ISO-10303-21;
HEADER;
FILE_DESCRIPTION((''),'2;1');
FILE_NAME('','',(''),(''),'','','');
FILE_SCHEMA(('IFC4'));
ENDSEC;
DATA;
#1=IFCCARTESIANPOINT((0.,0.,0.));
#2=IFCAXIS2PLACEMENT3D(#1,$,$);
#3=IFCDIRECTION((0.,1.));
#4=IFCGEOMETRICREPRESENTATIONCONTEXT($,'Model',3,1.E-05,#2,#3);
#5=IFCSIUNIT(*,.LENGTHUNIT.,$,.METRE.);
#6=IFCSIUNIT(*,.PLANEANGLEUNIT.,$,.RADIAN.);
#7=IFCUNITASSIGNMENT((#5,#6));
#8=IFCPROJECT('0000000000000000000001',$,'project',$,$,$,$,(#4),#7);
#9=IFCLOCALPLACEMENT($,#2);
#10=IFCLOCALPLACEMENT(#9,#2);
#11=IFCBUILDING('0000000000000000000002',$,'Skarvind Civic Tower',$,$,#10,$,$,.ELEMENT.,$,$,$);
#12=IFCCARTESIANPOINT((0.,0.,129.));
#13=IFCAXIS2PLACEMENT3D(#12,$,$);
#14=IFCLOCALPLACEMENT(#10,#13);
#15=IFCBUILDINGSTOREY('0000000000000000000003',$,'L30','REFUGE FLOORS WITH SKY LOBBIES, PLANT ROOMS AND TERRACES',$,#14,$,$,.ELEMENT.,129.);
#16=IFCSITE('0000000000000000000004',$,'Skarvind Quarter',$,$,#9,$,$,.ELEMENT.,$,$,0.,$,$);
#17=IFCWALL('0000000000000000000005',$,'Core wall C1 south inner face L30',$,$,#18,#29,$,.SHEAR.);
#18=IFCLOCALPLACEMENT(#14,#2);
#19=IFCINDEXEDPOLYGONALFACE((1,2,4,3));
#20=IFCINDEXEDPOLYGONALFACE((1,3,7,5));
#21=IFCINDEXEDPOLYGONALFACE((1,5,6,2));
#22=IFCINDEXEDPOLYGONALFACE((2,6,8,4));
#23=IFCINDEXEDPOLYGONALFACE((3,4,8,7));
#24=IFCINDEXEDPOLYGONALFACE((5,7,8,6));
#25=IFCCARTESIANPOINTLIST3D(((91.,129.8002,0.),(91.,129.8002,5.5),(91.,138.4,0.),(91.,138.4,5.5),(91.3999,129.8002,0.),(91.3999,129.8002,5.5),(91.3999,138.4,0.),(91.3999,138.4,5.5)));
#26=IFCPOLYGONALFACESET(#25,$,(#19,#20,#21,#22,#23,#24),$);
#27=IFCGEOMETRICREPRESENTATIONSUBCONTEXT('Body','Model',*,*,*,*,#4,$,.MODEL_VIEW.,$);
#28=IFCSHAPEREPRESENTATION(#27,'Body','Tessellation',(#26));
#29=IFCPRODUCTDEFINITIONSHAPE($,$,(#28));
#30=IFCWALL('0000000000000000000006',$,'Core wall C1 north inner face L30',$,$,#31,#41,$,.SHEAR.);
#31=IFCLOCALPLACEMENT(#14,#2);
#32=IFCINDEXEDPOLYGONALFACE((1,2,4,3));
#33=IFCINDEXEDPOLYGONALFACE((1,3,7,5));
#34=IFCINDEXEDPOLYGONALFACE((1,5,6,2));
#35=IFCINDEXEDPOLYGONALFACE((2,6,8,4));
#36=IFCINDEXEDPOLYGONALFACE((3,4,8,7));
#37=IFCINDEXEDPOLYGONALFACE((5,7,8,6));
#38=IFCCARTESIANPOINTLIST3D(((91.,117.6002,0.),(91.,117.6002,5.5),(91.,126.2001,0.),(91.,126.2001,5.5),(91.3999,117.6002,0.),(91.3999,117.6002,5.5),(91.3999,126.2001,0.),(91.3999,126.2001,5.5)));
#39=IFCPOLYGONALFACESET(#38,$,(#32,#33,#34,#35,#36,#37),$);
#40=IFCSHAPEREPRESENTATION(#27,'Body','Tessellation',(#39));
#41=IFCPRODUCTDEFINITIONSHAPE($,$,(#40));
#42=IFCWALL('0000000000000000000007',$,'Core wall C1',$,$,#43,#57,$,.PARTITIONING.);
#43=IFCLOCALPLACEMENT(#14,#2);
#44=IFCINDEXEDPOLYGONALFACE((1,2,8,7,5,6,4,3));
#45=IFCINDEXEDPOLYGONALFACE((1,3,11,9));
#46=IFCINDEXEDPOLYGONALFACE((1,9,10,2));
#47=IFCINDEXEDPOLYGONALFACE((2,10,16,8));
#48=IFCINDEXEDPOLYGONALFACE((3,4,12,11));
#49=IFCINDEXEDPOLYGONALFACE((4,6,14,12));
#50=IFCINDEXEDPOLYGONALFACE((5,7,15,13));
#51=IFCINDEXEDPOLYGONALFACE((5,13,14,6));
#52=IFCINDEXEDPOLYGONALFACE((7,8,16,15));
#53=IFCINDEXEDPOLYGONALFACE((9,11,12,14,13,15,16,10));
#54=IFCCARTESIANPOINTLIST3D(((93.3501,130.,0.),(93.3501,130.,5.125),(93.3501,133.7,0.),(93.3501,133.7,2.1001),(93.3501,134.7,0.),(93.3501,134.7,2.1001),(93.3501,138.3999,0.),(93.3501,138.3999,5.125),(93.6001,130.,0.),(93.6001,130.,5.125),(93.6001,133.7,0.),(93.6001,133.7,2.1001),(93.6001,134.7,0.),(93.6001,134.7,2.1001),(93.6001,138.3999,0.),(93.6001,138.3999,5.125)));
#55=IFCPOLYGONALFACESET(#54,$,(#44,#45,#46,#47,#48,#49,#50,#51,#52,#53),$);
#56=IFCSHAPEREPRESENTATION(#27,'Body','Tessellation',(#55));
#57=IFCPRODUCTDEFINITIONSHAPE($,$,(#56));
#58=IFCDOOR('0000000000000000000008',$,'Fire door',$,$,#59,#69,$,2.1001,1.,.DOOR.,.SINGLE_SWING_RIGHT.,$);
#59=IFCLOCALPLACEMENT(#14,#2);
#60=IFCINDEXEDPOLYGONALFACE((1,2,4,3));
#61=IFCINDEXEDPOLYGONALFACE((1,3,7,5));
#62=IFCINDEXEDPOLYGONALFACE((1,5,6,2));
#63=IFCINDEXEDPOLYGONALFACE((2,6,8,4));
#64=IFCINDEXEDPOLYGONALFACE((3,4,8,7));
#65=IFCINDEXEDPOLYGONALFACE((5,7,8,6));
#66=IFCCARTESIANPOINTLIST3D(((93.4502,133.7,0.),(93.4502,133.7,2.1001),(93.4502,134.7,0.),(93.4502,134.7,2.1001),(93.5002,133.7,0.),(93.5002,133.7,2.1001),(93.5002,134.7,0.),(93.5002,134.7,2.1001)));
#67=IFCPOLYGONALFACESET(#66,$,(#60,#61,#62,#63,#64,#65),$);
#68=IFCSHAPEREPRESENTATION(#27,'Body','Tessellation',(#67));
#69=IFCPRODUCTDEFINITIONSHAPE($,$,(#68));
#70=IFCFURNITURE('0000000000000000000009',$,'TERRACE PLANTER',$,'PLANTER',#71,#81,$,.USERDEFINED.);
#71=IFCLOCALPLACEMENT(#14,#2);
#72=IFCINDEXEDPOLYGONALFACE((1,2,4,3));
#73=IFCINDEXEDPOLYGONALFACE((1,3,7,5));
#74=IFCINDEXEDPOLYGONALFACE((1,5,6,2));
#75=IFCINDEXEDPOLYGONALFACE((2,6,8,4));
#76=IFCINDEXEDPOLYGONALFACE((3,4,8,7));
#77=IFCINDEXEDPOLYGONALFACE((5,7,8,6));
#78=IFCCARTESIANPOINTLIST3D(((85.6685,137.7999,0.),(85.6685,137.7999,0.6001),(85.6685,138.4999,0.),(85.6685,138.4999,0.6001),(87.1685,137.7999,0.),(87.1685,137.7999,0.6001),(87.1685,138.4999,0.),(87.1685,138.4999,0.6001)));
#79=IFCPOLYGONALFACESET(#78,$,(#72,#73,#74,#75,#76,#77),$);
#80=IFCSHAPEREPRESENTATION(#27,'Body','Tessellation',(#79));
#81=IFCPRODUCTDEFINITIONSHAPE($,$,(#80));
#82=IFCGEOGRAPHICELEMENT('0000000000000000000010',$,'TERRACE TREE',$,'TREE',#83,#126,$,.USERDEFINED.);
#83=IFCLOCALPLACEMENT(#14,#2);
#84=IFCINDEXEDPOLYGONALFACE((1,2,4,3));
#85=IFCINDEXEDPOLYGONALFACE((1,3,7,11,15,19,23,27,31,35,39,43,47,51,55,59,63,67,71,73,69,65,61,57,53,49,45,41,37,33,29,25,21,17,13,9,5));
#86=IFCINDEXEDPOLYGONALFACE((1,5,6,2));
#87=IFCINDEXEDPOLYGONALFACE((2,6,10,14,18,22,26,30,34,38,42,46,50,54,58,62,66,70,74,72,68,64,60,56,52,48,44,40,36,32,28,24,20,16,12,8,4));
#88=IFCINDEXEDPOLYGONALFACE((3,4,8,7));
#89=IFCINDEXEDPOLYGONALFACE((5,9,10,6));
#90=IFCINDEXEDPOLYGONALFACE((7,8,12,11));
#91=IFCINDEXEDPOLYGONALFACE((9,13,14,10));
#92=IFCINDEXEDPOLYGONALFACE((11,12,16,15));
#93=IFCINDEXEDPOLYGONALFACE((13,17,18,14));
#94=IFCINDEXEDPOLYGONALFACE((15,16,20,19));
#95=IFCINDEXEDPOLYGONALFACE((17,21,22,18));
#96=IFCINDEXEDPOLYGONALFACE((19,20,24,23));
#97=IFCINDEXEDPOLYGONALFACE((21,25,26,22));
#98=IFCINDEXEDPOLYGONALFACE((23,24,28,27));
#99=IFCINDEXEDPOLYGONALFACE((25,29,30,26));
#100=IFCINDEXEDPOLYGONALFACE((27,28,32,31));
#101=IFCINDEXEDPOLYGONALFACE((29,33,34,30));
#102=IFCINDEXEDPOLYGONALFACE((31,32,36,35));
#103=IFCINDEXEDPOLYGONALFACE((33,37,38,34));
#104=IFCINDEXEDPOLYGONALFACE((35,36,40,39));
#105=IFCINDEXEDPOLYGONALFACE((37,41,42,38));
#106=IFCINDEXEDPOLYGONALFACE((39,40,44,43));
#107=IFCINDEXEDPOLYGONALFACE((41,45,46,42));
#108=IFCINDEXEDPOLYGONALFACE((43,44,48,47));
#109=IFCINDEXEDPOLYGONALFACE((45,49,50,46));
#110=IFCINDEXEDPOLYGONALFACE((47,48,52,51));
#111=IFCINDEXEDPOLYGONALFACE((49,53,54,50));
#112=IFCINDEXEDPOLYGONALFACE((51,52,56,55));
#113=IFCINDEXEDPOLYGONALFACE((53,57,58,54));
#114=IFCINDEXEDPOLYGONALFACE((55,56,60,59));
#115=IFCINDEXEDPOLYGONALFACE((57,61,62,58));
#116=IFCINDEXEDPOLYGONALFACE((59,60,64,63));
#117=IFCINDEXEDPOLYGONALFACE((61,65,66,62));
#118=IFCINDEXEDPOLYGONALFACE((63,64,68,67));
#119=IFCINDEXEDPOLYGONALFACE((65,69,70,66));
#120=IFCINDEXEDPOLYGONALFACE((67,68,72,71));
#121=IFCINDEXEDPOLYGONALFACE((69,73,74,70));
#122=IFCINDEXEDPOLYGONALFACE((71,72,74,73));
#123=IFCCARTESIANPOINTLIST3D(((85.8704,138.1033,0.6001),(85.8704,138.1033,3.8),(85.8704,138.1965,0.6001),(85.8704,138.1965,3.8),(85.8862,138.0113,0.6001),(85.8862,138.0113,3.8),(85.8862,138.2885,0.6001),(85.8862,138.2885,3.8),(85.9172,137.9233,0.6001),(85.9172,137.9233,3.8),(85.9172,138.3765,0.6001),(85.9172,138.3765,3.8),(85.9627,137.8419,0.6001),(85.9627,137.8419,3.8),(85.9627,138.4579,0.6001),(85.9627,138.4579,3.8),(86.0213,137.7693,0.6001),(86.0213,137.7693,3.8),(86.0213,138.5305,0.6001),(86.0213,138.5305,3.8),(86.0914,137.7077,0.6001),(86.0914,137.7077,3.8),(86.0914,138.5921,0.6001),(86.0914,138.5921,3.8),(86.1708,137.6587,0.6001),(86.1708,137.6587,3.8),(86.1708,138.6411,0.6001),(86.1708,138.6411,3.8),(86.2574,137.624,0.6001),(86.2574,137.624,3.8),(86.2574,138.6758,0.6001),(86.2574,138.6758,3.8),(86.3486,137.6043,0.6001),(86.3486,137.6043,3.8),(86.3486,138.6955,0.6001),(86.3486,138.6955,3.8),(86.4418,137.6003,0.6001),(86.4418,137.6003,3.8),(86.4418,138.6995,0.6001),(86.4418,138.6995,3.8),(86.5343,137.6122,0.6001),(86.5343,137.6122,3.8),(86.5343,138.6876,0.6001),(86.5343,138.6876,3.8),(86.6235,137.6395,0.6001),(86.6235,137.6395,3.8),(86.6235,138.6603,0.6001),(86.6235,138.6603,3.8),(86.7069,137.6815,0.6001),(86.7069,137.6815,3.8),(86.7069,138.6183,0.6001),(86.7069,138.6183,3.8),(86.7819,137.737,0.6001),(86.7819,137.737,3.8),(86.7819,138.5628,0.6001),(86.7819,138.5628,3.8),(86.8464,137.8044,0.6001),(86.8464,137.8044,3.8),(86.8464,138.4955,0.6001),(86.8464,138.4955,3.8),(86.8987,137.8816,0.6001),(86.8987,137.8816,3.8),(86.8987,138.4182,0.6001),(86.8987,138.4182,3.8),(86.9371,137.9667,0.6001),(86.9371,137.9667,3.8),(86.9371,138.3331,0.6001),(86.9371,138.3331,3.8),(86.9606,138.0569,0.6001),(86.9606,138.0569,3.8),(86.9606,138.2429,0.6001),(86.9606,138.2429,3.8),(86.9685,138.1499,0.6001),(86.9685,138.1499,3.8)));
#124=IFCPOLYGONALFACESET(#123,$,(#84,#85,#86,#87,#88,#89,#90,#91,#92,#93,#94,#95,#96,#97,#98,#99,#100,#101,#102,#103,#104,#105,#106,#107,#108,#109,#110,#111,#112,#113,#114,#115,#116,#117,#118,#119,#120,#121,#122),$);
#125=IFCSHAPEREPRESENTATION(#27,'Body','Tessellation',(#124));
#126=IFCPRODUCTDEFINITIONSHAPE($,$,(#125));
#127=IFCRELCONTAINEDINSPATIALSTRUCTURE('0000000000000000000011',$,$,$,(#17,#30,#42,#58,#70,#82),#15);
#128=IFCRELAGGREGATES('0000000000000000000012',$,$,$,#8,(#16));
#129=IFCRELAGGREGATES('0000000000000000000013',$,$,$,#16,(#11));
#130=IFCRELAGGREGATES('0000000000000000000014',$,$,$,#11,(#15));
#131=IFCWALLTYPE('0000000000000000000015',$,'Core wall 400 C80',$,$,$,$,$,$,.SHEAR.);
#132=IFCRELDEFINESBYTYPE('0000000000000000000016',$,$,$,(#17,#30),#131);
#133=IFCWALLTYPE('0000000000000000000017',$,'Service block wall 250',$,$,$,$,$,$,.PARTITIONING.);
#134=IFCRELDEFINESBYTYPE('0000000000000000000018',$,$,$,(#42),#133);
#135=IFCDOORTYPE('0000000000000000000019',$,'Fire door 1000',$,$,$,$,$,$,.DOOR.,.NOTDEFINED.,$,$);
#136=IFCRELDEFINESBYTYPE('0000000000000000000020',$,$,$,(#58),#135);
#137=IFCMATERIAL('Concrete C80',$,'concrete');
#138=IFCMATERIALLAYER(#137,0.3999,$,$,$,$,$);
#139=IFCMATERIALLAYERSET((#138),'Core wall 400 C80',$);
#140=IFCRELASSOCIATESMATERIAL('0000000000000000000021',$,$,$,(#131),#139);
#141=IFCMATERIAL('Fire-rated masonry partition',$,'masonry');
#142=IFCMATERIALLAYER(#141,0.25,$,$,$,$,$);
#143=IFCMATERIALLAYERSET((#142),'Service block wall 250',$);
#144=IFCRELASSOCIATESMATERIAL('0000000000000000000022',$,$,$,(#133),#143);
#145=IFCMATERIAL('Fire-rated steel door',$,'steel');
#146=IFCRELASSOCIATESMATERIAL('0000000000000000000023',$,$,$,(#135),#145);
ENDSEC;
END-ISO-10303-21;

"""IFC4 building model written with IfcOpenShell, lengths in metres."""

from ifc_helpers import new_model, si_unit, direction, frame, frame_2d, origin, origin_2d, place, context, subcontext, project, spatial, rectangle, circle, extrude, material, layer, layer_set, type_object, element, fill, save


model = new_model("IFC4")

# Units and contexts
model_context = context("Model", 3, precision=1e-05, world=origin(), true_north=direction((0.0, 1.0)))
body_context = subcontext(model_context, "Body", "Model", "MODEL_VIEW")
ifc_project = project(units=[si_unit("LENGTHUNIT", "METRE"), si_unit("PLANEANGLEUNIT", "RADIAN")], contexts=[model_context])

# Site, building, storey
site_placement = place(None, origin())
site = spatial("IfcSite", under=ifc_project, at=site_placement, Name="Skarvind Quarter", CompositionType="ELEMENT", RefElevation=0.0)
building_placement = place(site_placement, origin())
building = spatial("IfcBuilding", under=site, at=building_placement, Name="Skarvind Civic Tower", CompositionType="ELEMENT")
storey_placement = place(building_placement, frame((0.0, 0.0, 129.0)))
storey = spatial("IfcBuildingStorey", under=building, at=storey_placement, Name="L30", Description="REFUGE FLOORS WITH SKY LOBBIES, PLANT ROOMS AND TERRACES", CompositionType="ELEMENT", Elevation=129.0)

# Shared definitions
ifc_material_1 = material(Name="Concrete C80", Category="concrete")

# Shared definitions
ifc_material_2 = material(Name="Fire-rated masonry partition", Category="masonry")
ifc_material_3 = material(Name="Fire-rated steel door", Category="steel")

# Walls
ifc_layer_1 = layer(ifc_material_1, 0.3999)
ifc_layer_set_1 = layer_set([ifc_layer_1], Name="Core wall 400 C80")
wall_type_1 = type_object("IfcWallType", Name="Core wall 400 C80", PredefinedType="SHEAR", material=ifc_layer_set_1)
for number, where, z_axis, x_axis, name in (
    (1, (91.2, 138.3999, 0.0), (0.0, 0.0, 1.0), (0.0, -1.0, 0.0), "Core wall C1 south inner face L30"),
    (2, (91.2, 126.2, 0.0), (0.0, 0.0, 1.0), (0.0, -1.0, 0.0), "Core wall C1 north inner face L30"),
):
    element("IfcWall", number, at=place(storey_placement, frame(where, z_axis=z_axis, x_axis=x_axis)), inside=storey, type_object=wall_type_1, Name=name, PredefinedType="SHEAR", context=body_context, shape_type="SweptSolid", body=[
        extrude(rectangle(XDim=8.5999, YDim=0.3999, at=frame_2d((4.2998, 0.0))), origin(), (0.0, 0.0, 1.0), 5.5),
    ])

# Wall, opening, door
ifc_layer_2 = layer(ifc_material_2, 0.25)
ifc_layer_set_2 = layer_set([ifc_layer_2], Name="Service block wall 250")
wall_type_2 = type_object("IfcWallType", Name="Service block wall 250", PredefinedType="PARTITIONING", material=ifc_layer_set_2)
wall_1_placement = place(storey_placement, frame((93.4751, 130.0, 0.0), z_axis=(0.0, 0.0, 1.0), x_axis=(0.0, 1.0, 0.0)))
wall_1 = element("IfcWall", 3, at=wall_1_placement, inside=storey, type_object=wall_type_2, Name="Core wall C1", PredefinedType="PARTITIONING", context=body_context, shape_type="SweptSolid", body=[
    extrude(rectangle(XDim=8.3999, YDim=0.25, at=frame_2d((4.2, 0.0))), origin(), (0.0, 0.0, 1.0), 5.125),
])
opening_1_placement = place(wall_1_placement, frame((3.7, 0.0, 0.0)))
opening_1 = element("IfcOpeningElement", 4, at=opening_1_placement, cuts=wall_1, PredefinedType="OPENING", context=body_context, shape_type="SweptSolid", body=[
    extrude(rectangle(XDim=1.0, YDim=2.1001, at=frame_2d((0.5, 1.05))), frame((0.0, 0.135, 0.0), z_axis=(0.0, -1.0, 0.0), x_axis=(1.0, 0.0, 0.0)), (0.0, 0.0, 1.0), 0.27),
])
door_type_1 = type_object("IfcDoorType", Name="Fire door 1000", OperationType="NOTDEFINED", PredefinedType="DOOR", material=ifc_material_3)
door_1_placement = place(opening_1_placement, origin())
door_1 = element("IfcDoor", 5, at=door_1_placement, inside=storey, type_object=door_type_1, Name="Fire door", OperationType="SINGLE_SWING_RIGHT", OverallHeight=2.1001, OverallWidth=1.0, PredefinedType="DOOR", context=body_context, shape_type="SweptSolid", body=[
    extrude(rectangle(XDim=1.0, YDim=2.1001, at=frame_2d((0.5, 1.05))), frame((0.0, 0.0249, 0.0), z_axis=(0.0, -1.0, 0.0), x_axis=(1.0, 0.0, 0.0)), (0.0, 0.0, 1.0), 0.05),
])
fill(opening_1, door_1)

# Furniture
furniture_placement = place(storey_placement, frame((86.4185, 138.1499, 0.0), z_axis=(0.0, 0.0, 1.0), x_axis=(1.0, 0.0, 0.0)))
element("IfcFurniture", 6, at=furniture_placement, inside=storey, Name="TERRACE PLANTER", ObjectType="PLANTER", PredefinedType="USERDEFINED", context=body_context, shape_type="SweptSolid", body=[
    extrude(rectangle(XDim=1.5, YDim=0.7, at=origin_2d()), origin(), (0.0, 0.0, 1.0), 0.6001),
])

# Geographic element
geographic_element_placement = place(storey_placement, frame((86.4185, 138.1499, 0.6001), z_axis=(0.0, 0.0, 1.0), x_axis=(1.0, 0.0, 0.0)))
element("IfcGeographicElement", 7, at=geographic_element_placement, inside=storey, Name="TERRACE TREE", ObjectType="TREE", PredefinedType="USERDEFINED", context=body_context, shape_type="SweptSolid", body=[
    extrude(circle(Radius=0.55, at=origin_2d()), origin(), (0.0, 0.0, 1.0), 3.2),
])

save(model, "model.ifc")
